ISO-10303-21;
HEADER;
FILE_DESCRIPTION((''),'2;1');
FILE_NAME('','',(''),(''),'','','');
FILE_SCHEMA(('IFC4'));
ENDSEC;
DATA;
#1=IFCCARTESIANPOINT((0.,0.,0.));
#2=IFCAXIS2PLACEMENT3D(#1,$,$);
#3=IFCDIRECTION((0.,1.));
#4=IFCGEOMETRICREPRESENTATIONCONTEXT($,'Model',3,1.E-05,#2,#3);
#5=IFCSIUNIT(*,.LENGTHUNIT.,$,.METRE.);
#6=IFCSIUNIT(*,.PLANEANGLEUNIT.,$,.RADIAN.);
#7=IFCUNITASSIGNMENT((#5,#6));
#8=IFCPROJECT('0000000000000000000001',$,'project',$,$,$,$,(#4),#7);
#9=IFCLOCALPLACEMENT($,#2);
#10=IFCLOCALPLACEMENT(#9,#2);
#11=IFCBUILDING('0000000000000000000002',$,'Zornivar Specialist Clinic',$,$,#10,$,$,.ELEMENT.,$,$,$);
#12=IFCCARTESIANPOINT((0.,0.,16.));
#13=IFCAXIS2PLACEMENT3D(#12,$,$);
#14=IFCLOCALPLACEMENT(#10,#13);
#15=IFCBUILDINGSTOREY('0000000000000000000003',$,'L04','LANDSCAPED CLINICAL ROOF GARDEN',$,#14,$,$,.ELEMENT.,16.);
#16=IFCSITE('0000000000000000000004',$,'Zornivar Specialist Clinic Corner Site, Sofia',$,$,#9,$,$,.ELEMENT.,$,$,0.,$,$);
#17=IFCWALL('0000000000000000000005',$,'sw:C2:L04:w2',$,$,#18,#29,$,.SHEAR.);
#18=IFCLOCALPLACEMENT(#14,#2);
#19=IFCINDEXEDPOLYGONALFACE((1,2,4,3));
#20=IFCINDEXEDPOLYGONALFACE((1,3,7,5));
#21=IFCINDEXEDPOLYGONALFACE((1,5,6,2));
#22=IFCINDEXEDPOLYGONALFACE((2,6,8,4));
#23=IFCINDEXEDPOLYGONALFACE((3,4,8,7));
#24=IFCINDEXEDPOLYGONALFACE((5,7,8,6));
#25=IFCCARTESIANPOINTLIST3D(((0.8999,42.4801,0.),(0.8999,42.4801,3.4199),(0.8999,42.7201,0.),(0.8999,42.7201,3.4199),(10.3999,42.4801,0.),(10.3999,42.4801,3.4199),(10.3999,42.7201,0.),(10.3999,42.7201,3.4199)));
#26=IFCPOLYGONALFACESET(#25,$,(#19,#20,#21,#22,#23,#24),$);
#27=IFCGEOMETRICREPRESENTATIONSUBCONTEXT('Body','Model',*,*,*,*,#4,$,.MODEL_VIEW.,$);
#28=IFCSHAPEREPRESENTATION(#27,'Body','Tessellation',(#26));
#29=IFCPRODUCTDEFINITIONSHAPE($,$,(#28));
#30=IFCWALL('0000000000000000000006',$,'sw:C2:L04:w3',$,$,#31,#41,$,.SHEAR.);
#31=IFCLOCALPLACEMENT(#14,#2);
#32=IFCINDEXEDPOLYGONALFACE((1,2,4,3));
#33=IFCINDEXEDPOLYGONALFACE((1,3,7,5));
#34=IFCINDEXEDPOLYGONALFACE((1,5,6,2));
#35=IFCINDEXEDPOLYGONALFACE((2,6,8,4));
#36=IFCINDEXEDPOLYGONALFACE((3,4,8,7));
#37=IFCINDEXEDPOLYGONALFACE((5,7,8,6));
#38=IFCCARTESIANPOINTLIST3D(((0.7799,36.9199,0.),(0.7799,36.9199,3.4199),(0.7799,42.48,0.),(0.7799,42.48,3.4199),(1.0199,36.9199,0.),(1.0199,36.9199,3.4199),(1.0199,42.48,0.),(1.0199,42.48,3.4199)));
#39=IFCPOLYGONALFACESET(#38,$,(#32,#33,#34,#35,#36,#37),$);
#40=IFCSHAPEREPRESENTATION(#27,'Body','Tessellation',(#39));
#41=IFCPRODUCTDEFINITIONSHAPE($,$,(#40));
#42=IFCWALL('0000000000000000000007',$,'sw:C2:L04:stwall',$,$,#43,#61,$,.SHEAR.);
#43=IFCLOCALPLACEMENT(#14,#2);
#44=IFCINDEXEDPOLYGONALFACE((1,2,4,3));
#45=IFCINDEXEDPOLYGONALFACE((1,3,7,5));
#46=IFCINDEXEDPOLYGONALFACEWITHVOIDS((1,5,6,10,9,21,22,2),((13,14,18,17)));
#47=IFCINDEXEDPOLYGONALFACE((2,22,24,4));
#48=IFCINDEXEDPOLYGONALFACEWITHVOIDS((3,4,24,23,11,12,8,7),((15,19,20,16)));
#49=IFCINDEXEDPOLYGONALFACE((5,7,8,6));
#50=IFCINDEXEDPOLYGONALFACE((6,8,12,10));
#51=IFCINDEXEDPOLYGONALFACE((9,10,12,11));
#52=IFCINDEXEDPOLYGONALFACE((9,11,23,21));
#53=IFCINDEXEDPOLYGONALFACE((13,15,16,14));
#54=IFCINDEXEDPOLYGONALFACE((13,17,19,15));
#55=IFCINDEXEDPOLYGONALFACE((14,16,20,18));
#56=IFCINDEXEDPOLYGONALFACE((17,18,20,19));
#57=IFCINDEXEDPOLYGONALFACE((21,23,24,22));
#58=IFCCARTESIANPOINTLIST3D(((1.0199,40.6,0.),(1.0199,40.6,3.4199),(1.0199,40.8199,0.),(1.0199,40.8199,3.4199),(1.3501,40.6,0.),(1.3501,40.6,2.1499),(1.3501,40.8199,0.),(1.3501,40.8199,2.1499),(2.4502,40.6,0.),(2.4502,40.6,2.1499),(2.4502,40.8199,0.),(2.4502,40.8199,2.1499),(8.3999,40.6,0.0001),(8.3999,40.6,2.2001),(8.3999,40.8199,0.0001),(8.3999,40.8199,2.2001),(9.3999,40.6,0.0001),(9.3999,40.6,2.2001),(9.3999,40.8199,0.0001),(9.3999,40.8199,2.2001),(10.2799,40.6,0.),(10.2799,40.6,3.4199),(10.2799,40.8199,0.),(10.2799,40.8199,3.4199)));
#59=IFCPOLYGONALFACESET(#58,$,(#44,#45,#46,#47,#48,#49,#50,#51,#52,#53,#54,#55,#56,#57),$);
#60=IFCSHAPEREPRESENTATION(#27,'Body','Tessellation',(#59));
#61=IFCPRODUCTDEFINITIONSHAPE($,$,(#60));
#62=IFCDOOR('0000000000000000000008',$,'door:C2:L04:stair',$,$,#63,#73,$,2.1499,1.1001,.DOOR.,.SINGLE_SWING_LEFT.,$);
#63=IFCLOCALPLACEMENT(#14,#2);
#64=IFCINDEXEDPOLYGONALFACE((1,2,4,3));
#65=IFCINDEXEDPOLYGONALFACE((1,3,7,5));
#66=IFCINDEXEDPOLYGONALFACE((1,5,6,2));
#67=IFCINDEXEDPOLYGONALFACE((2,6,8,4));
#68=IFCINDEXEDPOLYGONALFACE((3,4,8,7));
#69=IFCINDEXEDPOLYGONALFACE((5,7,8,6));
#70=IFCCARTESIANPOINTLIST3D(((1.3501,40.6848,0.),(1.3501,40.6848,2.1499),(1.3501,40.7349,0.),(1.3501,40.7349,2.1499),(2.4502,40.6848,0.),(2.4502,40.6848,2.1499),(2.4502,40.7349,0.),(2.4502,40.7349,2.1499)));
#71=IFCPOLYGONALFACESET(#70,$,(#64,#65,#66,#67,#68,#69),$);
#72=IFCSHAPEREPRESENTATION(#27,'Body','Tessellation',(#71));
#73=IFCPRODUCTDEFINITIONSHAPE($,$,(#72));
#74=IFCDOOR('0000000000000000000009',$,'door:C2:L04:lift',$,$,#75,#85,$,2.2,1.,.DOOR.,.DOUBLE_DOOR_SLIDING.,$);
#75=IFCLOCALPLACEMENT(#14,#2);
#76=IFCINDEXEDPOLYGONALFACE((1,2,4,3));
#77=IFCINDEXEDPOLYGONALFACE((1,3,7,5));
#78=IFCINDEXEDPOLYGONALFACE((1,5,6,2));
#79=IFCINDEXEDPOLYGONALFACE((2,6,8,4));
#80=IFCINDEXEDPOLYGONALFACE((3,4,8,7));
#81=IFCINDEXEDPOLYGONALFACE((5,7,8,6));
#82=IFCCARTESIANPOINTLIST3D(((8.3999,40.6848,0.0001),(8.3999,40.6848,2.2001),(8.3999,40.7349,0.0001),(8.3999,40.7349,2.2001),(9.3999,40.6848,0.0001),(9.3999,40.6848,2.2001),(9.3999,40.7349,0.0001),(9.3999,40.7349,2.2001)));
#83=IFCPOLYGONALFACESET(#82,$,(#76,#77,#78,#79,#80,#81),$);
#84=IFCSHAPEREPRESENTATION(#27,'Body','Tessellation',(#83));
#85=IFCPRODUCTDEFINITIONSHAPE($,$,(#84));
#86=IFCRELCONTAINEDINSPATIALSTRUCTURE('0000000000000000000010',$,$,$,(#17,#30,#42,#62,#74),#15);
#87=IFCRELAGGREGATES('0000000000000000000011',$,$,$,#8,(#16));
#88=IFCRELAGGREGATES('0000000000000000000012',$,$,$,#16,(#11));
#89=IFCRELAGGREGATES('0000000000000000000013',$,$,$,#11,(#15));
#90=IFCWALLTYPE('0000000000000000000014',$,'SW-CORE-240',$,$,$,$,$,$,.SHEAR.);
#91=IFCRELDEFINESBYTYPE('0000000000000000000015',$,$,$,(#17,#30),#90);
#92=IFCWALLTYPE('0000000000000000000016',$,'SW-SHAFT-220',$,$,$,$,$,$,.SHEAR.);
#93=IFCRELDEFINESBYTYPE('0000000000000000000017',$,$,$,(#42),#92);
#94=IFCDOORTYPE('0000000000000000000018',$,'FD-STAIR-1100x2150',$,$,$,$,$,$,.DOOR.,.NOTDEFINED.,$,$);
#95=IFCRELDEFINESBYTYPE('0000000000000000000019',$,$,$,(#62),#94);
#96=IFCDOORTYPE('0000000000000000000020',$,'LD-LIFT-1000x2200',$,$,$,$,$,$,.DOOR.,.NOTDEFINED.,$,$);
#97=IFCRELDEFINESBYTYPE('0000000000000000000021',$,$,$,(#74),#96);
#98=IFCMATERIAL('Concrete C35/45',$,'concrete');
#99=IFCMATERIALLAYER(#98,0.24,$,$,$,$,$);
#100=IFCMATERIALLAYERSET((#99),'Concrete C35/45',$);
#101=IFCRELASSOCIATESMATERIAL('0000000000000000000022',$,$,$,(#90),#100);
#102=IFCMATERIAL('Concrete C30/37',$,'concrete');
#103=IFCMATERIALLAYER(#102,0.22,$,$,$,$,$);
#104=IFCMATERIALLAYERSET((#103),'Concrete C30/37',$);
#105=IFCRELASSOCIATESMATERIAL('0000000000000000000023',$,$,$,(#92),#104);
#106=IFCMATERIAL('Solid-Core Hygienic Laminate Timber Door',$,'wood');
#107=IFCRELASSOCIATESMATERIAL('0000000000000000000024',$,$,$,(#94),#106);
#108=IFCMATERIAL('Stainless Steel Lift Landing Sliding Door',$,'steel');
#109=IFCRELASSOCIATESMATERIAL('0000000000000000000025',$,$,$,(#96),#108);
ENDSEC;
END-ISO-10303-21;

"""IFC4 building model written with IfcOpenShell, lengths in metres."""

from ifc_helpers import new_model, si_unit, direction, frame, frame_2d, origin, place, context, subcontext, project, spatial, rectangle, extrude, material, layer, layer_set, type_object, element, fill, save


model = new_model("IFC4")

# Units and contexts
model_context = context("Model", 3, precision=1e-05, world=origin(), true_north=direction((0.0, 1.0)))
body_context = subcontext(model_context, "Body", "Model", "MODEL_VIEW")
ifc_project = project(units=[si_unit("LENGTHUNIT", "METRE"), si_unit("PLANEANGLEUNIT", "RADIAN")], contexts=[model_context])

# Site, building, storey
site_placement = place(None, origin())
site = spatial("IfcSite", under=ifc_project, at=site_placement, Name="Zornivar Specialist Clinic Corner Site, Sofia", CompositionType="ELEMENT", RefElevation=0.0)
building_placement = place(site_placement, origin())
building = spatial("IfcBuilding", under=site, at=building_placement, Name="Zornivar Specialist Clinic", CompositionType="ELEMENT")
storey_placement = place(building_placement, frame((0.0, 0.0, 16.0)))
storey = spatial("IfcBuildingStorey", under=building, at=storey_placement, Name="L04", Description="LANDSCAPED CLINICAL ROOF GARDEN", CompositionType="ELEMENT", Elevation=16.0)

# Walls
ifc_material_1 = material(Name="Concrete C35/45", Category="concrete")
ifc_layer_1 = layer(ifc_material_1, 0.24)
ifc_layer_set_1 = layer_set([ifc_layer_1], Name="Concrete C35/45")
wall_type_1 = type_object("IfcWallType", Name="SW-CORE-240", PredefinedType="SHEAR", material=ifc_layer_set_1)
wall_1_placement = place(storey_placement, frame((10.3999, 42.6001, 0.0), z_axis=(0.0, 0.0, 1.0), x_axis=(-1.0, 0.0, 0.0)))
element("IfcWall", 1, at=wall_1_placement, inside=storey, type_object=wall_type_1, Name="sw:C2:L04:w2", PredefinedType="SHEAR", context=body_context, shape_type="SweptSolid", body=[
    extrude(rectangle(XDim=9.5, YDim=0.24, at=frame_2d((4.75, 0.0))), origin(), (0.0, 0.0, 1.0), 3.4199),
])
wall_2_placement = place(storey_placement, frame((0.8999, 42.48, 0.0), z_axis=(0.0, 0.0, 1.0), x_axis=(0.0, -1.0, 0.0)))
element("IfcWall", 2, at=wall_2_placement, inside=storey, type_object=wall_type_1, Name="sw:C2:L04:w3", PredefinedType="SHEAR", context=body_context, shape_type="SweptSolid", body=[
    extrude(rectangle(XDim=5.5601, YDim=0.24, at=frame_2d((2.78, 0.0))), origin(), (0.0, 0.0, 1.0), 3.4199),
])

# Wall, openings, doors
ifc_material_2 = material(Name="Concrete C30/37", Category="concrete")
ifc_layer_2 = layer(ifc_material_2, 0.22)
ifc_layer_set_2 = layer_set([ifc_layer_2], Name="Concrete C30/37")
wall_type_2 = type_object("IfcWallType", Name="SW-SHAFT-220", PredefinedType="SHEAR", material=ifc_layer_set_2)
wall_3_placement = place(storey_placement, frame((1.02, 40.71, 0.0), z_axis=(0.0, 0.0, 1.0), x_axis=(1.0, 0.0, 0.0)))
wall_3 = element("IfcWall", 3, at=wall_3_placement, inside=storey, type_object=wall_type_2, Name="sw:C2:L04:stwall", PredefinedType="SHEAR", context=body_context, shape_type="SweptSolid", body=[
    extrude(rectangle(XDim=9.26, YDim=0.22, at=frame_2d((4.6299, 0.0))), origin(), (0.0, 0.0, 1.0), 3.4199),
])
opening_1_placement = place(wall_3_placement, frame((0.3301, 0.0, 0.0)))
opening_1 = element("IfcOpeningElement", 4, at=opening_1_placement, cuts=wall_3, PredefinedType="OPENING", context=body_context, shape_type="SweptSolid", body=[
    extrude(rectangle(XDim=1.1001, YDim=2.1499, at=frame_2d((0.55, 1.075))), frame((0.0, 0.1199, 0.0), z_axis=(0.0, -1.0, 0.0), x_axis=(1.0, 0.0, 0.0)), (0.0, 0.0, 1.0), 0.24),
])
opening_2_placement = place(wall_3_placement, frame((7.3799, 0.0, 0.0)))
opening_2 = element("IfcOpeningElement", 5, at=opening_2_placement, cuts=wall_3, PredefinedType="OPENING", context=body_context, shape_type="SweptSolid", body=[
    extrude(rectangle(XDim=1.0, YDim=2.2, at=frame_2d((0.5, 1.1001))), frame((0.0, 0.1199, 0.0), z_axis=(0.0, -1.0, 0.0), x_axis=(1.0, 0.0, 0.0)), (0.0, 0.0, 1.0), 0.24),
])
ifc_material_3 = material(Name="Solid-Core Hygienic Laminate Timber Door", Category="wood")
door_type_1 = type_object("IfcDoorType", Name="FD-STAIR-1100x2150", OperationType="NOTDEFINED", PredefinedType="DOOR", material=ifc_material_3)
door_1_placement = place(opening_1_placement, origin())
door_1 = element("IfcDoor", 6, at=door_1_placement, inside=storey, type_object=door_type_1, Name="door:C2:L04:stair", OperationType="SINGLE_SWING_LEFT", OverallHeight=2.1499, OverallWidth=1.1001, PredefinedType="DOOR", context=body_context, shape_type="SweptSolid", body=[
    extrude(rectangle(XDim=1.1001, YDim=2.1499, at=frame_2d((0.55, 1.075))), frame((0.0, 0.0249, 0.0), z_axis=(0.0, -1.0, 0.0), x_axis=(1.0, 0.0, 0.0)), (0.0, 0.0, 1.0), 0.05),
])
fill(opening_1, door_1)
ifc_material_4 = material(Name="Stainless Steel Lift Landing Sliding Door", Category="steel")
door_type_2 = type_object("IfcDoorType", Name="LD-LIFT-1000x2200", OperationType="NOTDEFINED", PredefinedType="DOOR", material=ifc_material_4)
door_2_placement = place(opening_2_placement, origin())
door_2 = element("IfcDoor", 7, at=door_2_placement, inside=storey, type_object=door_type_2, Name="door:C2:L04:lift", OperationType="DOUBLE_DOOR_SLIDING", OverallHeight=2.2, OverallWidth=1.0, PredefinedType="DOOR", context=body_context, shape_type="SweptSolid", body=[
    extrude(rectangle(XDim=1.0, YDim=2.2, at=frame_2d((0.5, 1.1001))), frame((0.0, 0.0249, 0.0), z_axis=(0.0, -1.0, 0.0), x_axis=(1.0, 0.0, 0.0)), (0.0, 0.0, 1.0), 0.05),
])
fill(opening_2, door_2)

save(model, "model.ifc")
